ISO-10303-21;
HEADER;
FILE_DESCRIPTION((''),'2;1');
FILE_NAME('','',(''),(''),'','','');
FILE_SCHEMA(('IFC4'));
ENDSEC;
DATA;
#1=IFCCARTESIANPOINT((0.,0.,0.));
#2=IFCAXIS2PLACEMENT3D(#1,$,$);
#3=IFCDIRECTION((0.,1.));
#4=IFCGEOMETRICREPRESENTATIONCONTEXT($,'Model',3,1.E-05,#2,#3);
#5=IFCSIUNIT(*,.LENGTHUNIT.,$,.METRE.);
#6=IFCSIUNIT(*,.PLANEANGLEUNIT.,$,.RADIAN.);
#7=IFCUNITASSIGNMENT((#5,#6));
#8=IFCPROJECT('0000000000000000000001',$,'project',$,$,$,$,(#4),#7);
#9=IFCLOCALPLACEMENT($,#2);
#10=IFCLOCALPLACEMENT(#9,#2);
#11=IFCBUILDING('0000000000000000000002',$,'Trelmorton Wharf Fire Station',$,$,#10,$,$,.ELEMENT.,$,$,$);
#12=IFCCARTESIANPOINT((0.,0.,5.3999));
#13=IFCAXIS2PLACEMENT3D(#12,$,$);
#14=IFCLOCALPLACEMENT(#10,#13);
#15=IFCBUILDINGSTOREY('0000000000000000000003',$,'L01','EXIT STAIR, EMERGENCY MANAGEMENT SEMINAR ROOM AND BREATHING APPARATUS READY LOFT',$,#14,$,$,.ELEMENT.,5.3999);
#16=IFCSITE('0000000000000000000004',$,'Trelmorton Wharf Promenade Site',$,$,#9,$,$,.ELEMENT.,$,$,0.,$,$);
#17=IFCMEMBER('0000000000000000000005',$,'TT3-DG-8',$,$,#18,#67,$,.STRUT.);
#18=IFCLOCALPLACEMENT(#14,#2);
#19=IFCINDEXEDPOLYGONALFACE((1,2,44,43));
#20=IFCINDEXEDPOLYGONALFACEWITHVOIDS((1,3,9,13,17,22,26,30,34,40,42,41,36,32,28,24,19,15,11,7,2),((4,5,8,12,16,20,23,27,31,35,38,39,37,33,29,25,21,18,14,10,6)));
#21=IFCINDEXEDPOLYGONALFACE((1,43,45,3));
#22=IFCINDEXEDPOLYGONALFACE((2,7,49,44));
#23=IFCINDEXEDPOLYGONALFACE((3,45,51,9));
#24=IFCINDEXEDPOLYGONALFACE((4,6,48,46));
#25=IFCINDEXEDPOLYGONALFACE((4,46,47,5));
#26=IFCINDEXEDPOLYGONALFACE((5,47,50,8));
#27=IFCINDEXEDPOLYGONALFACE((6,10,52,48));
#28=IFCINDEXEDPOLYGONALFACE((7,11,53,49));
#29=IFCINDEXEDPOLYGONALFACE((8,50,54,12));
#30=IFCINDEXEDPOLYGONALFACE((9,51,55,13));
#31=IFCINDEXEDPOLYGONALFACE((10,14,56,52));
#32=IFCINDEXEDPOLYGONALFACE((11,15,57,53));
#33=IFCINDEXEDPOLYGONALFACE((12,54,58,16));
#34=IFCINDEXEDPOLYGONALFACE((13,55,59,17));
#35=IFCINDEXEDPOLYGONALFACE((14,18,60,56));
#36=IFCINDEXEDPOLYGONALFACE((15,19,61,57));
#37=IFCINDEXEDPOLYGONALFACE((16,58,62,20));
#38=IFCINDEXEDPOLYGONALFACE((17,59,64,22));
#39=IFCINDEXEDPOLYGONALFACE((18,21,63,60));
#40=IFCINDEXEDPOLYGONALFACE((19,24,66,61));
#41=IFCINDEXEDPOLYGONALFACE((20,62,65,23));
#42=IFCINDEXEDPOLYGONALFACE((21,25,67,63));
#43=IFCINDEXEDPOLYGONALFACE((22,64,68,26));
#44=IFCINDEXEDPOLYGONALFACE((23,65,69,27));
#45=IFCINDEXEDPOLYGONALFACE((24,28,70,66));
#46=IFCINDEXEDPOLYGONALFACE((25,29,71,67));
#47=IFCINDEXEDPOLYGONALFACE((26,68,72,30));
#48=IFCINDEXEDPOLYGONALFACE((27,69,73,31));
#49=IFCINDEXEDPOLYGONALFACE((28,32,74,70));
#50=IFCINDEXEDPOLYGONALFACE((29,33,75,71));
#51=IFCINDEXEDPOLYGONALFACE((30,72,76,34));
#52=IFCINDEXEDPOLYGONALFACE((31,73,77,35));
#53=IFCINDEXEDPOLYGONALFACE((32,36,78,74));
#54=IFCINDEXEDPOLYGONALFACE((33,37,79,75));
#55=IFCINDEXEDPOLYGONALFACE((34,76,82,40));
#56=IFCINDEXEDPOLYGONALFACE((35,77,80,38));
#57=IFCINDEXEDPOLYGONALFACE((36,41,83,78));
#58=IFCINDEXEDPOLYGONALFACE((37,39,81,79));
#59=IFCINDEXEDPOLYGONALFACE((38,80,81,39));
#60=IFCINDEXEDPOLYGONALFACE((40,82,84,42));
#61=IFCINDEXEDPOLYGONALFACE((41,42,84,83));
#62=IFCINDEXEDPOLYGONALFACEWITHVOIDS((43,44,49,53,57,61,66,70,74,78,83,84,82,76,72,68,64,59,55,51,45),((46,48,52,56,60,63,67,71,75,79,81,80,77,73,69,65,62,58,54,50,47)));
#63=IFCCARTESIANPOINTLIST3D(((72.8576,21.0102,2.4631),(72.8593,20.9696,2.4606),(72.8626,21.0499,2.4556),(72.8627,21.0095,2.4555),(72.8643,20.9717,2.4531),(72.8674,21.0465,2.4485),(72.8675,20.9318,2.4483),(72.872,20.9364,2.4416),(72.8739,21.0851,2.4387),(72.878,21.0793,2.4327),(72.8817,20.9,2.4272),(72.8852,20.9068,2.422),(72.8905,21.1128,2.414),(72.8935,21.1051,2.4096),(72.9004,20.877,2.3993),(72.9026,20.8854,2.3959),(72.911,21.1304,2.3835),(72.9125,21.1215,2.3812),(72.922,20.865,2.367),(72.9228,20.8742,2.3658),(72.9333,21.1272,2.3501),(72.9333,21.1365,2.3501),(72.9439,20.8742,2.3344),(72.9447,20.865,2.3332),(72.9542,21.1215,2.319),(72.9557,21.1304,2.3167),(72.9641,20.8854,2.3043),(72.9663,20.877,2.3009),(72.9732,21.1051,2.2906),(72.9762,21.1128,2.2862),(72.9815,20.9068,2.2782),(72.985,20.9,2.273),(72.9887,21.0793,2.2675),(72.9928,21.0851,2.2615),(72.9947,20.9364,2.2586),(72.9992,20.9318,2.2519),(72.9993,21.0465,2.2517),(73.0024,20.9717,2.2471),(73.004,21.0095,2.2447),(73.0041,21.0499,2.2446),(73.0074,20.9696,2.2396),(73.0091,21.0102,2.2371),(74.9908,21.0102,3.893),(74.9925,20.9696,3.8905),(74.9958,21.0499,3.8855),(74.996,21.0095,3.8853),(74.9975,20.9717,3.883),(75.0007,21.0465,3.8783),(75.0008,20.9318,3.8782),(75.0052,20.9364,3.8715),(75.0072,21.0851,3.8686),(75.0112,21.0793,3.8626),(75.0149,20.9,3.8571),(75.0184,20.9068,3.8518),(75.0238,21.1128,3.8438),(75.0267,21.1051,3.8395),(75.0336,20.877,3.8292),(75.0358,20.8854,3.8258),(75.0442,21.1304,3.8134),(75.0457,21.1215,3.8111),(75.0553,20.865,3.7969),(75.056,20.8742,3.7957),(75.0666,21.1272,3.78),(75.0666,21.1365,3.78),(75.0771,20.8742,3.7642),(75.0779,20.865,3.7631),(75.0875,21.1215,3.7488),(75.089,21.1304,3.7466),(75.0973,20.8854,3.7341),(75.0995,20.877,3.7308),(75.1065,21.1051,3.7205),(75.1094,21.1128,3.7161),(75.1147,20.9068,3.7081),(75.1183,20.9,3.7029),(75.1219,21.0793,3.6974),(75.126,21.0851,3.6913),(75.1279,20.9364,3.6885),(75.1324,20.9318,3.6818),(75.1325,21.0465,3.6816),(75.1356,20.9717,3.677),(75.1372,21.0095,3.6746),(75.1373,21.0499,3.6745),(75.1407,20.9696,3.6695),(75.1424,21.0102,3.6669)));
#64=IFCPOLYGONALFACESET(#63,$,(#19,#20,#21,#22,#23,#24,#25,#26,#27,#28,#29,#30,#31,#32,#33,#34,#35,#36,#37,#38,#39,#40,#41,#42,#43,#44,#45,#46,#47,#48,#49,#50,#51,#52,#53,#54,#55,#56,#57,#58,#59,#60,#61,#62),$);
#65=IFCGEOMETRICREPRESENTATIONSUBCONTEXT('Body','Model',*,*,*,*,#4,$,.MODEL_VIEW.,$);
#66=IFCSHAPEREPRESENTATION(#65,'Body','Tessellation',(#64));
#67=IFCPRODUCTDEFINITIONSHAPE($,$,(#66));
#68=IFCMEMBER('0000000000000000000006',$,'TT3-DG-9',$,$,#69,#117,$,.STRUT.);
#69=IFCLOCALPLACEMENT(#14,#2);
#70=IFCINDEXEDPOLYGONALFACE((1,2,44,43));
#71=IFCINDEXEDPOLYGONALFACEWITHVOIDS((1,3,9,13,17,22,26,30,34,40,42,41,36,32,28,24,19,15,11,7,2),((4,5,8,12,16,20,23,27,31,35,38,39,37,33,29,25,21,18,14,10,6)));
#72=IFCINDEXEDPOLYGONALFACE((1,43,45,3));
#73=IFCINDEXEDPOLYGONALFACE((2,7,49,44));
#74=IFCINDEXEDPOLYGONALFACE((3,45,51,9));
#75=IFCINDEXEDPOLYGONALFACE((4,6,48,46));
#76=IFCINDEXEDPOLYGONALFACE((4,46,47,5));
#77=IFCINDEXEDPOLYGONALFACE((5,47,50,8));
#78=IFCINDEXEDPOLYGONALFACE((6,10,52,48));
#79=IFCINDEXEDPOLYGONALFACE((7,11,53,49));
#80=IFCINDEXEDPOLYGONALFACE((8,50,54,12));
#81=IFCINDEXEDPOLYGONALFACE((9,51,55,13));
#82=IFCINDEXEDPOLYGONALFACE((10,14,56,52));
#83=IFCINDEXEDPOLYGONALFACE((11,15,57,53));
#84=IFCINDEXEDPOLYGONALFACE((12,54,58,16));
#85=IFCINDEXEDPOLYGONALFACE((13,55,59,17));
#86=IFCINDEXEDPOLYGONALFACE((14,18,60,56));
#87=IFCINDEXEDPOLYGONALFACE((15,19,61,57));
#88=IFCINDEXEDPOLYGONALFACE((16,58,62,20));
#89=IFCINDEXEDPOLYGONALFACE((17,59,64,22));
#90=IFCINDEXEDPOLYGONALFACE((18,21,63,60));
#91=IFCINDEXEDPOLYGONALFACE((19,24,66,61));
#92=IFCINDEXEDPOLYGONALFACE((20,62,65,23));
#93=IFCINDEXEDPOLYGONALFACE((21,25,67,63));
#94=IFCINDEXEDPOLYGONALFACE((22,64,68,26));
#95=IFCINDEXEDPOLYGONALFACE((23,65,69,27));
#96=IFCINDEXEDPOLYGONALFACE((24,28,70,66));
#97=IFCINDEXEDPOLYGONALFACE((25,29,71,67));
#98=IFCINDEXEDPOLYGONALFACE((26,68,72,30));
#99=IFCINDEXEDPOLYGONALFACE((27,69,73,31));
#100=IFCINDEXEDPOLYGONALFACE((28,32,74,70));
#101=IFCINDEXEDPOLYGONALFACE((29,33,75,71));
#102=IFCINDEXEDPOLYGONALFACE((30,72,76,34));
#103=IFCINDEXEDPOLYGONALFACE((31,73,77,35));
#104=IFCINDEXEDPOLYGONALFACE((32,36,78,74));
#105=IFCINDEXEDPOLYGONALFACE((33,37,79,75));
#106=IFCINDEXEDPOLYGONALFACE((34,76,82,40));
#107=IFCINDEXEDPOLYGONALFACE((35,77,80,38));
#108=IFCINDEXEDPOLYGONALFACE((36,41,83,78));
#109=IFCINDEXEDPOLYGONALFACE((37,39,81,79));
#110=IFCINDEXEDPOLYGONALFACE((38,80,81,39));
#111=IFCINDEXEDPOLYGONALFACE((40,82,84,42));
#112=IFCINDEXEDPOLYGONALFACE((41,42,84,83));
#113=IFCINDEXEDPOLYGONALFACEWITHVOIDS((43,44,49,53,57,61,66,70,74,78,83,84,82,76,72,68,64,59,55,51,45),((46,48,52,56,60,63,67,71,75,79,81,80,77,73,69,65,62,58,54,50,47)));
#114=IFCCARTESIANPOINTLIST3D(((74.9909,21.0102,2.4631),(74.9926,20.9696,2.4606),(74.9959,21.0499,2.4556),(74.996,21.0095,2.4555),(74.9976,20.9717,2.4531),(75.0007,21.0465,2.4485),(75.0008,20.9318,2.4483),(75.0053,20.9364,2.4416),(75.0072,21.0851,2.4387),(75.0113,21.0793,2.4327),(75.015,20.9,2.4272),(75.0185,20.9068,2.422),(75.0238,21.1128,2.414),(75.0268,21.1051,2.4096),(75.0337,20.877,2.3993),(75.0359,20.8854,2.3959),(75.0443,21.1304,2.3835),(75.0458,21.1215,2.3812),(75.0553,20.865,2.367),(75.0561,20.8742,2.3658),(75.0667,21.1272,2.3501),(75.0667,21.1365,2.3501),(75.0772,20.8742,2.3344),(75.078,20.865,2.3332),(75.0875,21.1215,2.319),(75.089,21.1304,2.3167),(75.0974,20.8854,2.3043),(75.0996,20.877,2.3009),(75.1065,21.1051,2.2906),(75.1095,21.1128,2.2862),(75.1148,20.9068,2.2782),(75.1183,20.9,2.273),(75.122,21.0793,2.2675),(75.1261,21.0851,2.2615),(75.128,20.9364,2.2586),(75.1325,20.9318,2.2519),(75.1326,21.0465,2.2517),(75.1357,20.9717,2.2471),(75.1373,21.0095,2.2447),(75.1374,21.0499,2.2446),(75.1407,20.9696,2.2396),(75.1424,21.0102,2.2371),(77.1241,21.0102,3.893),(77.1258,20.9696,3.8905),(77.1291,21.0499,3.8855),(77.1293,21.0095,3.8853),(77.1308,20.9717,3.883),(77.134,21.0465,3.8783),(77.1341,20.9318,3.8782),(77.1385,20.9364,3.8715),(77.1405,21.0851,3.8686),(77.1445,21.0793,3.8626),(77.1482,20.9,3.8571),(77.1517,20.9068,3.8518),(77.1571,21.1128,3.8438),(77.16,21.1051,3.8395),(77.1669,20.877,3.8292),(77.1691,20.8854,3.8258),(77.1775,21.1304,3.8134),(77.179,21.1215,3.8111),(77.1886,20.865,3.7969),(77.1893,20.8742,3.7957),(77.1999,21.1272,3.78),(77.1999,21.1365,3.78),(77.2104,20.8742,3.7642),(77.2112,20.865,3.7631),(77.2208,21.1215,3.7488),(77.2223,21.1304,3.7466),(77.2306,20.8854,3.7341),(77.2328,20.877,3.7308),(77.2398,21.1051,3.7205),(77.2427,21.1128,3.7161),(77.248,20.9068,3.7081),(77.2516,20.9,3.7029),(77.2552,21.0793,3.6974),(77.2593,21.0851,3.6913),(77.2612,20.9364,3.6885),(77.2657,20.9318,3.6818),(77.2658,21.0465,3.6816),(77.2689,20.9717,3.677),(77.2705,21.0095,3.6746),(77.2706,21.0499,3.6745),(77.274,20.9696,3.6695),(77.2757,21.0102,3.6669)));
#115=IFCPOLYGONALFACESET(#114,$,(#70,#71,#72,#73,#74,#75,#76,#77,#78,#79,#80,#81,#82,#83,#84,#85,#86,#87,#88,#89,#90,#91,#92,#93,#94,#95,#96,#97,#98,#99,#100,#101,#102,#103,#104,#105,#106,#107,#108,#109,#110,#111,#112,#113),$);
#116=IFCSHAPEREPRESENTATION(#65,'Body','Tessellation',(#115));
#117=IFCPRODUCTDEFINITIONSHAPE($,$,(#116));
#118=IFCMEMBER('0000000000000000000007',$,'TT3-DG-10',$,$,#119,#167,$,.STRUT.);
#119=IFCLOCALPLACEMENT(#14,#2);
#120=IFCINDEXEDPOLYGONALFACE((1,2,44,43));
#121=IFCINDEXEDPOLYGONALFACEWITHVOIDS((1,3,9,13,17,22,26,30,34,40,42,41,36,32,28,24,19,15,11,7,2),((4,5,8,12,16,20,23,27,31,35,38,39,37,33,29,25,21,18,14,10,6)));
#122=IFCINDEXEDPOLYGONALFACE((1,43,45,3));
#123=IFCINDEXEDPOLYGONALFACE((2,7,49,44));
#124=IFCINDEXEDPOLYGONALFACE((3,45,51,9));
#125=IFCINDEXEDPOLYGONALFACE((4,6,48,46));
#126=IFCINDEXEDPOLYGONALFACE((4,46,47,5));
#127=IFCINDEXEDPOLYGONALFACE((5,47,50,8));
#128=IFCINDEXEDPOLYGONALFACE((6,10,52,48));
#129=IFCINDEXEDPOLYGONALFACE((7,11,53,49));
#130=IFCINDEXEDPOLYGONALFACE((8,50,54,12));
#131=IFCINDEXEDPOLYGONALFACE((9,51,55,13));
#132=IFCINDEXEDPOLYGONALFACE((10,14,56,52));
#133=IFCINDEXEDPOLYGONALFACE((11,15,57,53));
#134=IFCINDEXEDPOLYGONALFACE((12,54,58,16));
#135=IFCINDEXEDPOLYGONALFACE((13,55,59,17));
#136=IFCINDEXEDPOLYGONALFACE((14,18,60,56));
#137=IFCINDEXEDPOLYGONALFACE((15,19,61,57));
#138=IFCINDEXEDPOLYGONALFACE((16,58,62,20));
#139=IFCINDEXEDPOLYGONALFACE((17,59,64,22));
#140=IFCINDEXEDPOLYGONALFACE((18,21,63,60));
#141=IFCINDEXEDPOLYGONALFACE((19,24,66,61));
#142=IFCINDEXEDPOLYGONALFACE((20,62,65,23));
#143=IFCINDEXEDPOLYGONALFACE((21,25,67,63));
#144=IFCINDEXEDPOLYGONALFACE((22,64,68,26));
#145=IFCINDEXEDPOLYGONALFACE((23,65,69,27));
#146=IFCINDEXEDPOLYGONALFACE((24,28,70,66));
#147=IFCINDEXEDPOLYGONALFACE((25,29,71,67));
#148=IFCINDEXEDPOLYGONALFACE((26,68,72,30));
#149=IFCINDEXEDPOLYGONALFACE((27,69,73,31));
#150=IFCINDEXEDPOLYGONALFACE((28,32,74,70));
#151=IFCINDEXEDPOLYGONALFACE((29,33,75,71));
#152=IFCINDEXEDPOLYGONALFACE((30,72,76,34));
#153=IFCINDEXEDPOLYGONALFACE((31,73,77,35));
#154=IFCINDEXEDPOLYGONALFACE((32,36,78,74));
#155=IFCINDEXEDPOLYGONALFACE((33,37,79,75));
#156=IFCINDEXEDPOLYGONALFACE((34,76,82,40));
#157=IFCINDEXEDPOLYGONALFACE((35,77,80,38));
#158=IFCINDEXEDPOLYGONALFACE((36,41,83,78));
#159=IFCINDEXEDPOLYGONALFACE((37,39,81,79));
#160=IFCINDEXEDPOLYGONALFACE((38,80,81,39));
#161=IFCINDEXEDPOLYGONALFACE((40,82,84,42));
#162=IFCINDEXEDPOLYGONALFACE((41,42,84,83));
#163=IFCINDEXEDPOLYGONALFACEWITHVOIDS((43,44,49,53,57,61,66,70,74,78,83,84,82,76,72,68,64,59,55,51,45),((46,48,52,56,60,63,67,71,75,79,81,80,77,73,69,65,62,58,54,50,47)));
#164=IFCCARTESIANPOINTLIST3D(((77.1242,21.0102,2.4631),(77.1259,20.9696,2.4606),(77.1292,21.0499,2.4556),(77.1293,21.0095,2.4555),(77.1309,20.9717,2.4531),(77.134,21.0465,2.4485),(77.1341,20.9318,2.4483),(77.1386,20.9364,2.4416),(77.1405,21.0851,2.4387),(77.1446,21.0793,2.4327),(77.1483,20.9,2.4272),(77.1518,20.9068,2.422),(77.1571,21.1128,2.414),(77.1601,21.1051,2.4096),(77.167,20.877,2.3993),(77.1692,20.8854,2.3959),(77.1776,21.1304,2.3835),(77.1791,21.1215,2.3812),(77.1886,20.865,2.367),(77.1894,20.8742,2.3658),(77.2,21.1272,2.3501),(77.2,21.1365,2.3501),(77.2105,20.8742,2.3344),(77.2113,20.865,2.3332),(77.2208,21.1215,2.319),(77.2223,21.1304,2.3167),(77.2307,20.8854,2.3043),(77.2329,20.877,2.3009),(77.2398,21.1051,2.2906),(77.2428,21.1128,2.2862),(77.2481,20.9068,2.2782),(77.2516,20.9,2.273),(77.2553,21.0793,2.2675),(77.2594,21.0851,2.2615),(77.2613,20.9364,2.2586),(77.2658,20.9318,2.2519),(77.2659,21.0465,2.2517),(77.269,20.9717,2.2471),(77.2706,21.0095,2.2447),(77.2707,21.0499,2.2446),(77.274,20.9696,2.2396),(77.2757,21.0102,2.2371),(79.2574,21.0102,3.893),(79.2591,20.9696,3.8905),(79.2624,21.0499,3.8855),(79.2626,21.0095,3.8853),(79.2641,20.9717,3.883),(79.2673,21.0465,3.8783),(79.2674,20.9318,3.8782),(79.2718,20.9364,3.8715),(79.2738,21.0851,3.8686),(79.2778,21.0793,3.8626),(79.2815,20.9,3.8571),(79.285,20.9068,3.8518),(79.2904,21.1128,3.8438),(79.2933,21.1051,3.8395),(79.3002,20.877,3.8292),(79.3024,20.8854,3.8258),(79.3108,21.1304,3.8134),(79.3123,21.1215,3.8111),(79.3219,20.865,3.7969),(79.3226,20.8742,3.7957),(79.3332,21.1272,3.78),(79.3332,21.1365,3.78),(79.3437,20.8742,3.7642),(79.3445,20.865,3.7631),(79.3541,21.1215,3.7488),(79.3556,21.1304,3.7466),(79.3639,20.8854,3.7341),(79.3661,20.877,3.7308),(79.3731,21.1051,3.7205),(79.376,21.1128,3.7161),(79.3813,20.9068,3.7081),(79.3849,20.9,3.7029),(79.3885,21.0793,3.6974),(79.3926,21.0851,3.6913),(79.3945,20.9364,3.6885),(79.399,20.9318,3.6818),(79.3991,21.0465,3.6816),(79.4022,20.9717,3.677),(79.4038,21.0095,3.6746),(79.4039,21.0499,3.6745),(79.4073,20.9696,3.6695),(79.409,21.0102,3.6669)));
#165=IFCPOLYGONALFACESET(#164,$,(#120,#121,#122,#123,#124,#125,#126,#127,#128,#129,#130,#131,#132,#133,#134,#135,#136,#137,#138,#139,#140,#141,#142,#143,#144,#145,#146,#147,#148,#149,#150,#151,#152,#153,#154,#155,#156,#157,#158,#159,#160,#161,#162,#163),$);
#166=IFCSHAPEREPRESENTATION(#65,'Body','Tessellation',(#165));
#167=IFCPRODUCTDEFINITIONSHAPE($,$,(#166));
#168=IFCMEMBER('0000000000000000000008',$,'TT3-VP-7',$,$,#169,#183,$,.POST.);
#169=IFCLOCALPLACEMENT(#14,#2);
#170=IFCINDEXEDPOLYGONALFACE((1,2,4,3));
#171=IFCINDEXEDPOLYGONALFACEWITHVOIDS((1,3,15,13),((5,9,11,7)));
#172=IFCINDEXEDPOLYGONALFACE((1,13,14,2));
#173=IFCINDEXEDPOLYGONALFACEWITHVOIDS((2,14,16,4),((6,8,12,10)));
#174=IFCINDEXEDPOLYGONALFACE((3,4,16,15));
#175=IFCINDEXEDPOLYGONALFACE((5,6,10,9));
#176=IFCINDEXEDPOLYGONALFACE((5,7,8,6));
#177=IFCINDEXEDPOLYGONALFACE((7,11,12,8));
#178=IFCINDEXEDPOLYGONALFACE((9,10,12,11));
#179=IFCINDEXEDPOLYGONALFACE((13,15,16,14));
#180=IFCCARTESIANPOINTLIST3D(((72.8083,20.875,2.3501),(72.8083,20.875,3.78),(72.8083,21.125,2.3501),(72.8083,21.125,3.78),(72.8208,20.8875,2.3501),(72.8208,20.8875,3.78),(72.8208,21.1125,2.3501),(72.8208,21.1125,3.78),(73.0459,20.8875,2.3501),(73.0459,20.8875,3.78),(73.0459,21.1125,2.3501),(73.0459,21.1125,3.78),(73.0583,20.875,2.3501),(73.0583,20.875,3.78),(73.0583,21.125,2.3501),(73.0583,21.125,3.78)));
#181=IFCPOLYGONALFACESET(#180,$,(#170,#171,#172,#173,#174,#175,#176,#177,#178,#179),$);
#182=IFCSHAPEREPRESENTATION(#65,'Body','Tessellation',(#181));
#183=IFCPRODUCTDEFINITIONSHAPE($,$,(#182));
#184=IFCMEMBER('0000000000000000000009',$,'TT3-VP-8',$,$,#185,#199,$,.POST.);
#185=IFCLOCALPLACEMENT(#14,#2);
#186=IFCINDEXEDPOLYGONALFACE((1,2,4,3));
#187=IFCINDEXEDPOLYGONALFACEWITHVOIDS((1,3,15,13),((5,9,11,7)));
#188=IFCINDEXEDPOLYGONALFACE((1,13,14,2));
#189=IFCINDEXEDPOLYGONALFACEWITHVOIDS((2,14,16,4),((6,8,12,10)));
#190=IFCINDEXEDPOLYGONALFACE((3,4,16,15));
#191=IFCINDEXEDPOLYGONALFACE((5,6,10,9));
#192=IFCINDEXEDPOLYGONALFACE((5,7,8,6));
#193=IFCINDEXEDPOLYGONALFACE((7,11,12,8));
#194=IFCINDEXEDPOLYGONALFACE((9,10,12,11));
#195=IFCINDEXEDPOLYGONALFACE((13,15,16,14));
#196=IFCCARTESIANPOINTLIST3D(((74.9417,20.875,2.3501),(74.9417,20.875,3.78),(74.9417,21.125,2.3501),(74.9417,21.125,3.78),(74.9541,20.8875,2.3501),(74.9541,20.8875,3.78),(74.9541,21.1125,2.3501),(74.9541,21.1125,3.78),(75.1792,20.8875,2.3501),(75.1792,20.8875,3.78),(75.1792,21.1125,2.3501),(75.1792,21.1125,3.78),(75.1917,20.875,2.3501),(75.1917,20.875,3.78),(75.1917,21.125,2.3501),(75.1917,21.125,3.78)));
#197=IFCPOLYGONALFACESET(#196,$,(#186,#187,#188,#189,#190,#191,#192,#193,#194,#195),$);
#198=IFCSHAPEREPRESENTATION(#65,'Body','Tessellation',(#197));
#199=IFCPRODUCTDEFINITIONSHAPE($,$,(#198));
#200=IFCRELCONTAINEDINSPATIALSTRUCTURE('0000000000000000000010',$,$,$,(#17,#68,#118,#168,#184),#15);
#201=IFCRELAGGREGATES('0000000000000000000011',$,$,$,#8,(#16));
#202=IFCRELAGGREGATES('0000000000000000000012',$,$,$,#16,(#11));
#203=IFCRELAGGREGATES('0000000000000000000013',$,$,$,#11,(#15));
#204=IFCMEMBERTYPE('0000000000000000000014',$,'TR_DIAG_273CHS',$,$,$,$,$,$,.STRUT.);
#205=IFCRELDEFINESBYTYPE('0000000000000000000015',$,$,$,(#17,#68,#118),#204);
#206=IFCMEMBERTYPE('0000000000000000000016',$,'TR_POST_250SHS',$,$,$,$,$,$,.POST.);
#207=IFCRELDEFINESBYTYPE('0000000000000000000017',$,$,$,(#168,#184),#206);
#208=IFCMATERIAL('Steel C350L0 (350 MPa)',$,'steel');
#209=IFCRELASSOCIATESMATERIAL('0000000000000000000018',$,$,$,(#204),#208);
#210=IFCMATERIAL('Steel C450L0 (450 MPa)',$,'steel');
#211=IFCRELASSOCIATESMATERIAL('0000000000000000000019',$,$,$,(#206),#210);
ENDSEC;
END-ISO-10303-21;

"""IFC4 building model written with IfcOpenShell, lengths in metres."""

from ifc_helpers import new_model, si_unit, direction, frame, origin, origin_2d, place, context, subcontext, project, spatial, hollow_rectangle, hollow_circle, extrude, material, material_profile, profile_set, type_object, element, save


model = new_model("IFC4")

# Units and contexts
model_context = context("Model", 3, precision=1e-05, world=origin(), true_north=direction((0.0, 1.0)))
body_context = subcontext(model_context, "Body", "Model", "MODEL_VIEW")
ifc_project = project(units=[si_unit("LENGTHUNIT", "METRE"), si_unit("PLANEANGLEUNIT", "RADIAN")], contexts=[model_context])

# Site, building, storey
site_placement = place(None, origin())
site = spatial("IfcSite", under=ifc_project, at=site_placement, Name="Trelmorton Wharf Promenade Site", CompositionType="ELEMENT", RefElevation=0.0)
building_placement = place(site_placement, origin())
building = spatial("IfcBuilding", under=site, at=building_placement, Name="Trelmorton Wharf Fire Station", CompositionType="ELEMENT")
storey_placement = place(building_placement, frame((0.0, 0.0, 5.3999)))
storey = spatial("IfcBuildingStorey", under=building, at=storey_placement, Name="L01", Description="EXIT STAIR, EMERGENCY MANAGEMENT SEMINAR ROOM AND BREATHING APPARATUS READY LOFT", CompositionType="ELEMENT", Elevation=5.3999)

# Members
ifc_material_1 = material(Name="Steel C350L0 (350 MPa)", Category="steel")
ifc_material_profile_1 = material_profile(ifc_material_1, hollow_circle(Radius=0.1365, WallThickness=0.0093, at=origin_2d()), Name="273.1x9.3CHS")
ifc_profile_set_1 = profile_set([ifc_material_profile_1], Name="Steel C350L0 (350 MPa)")
member_type_1 = type_object("IfcMemberType", Name="TR_DIAG_273CHS", PredefinedType="STRUT", material=ifc_profile_set_1)
for number, where, z_axis, x_axis, name in (
    (1, (72.9333, 21.0, 2.3501), (0.830658, 0.0, 0.556783), (0.0, 1.0, 0.0), "TT3-DG-8"),
    (2, (75.0667, 21.0, 2.3501), (0.830658, 0.0, 0.556783), (0.0, 1.0, 0.0), "TT3-DG-9"),
    (3, (77.2, 21.0, 2.3501), (0.830658, 0.0, 0.556783), (0.0, 1.0, 0.0), "TT3-DG-10"),
):
    element("IfcMember", number, at=place(storey_placement, frame(where, z_axis=z_axis, x_axis=x_axis)), inside=storey, type_object=member_type_1, Name=name, PredefinedType="STRUT", context=body_context, shape_type="SweptSolid", body=[
        extrude(hollow_circle(Radius=0.1365, WallThickness=0.0093, at=origin_2d()), origin(), (0.0, 0.0, 1.0), 2.5681),
    ])
ifc_material_2 = material(Name="Steel C450L0 (450 MPa)", Category="steel")
ifc_material_profile_2 = material_profile(ifc_material_2, hollow_rectangle(XDim=0.25, YDim=0.25, WallThickness=0.0125, at=origin_2d()), Name="250x250x12.5SHS")
ifc_profile_set_2 = profile_set([ifc_material_profile_2], Name="Steel C450L0 (450 MPa)")
member_type_2 = type_object("IfcMemberType", Name="TR_POST_250SHS", PredefinedType="POST", material=ifc_profile_set_2)
for number, where, z_axis, x_axis, name in (
    (4, (72.9333, 21.0, 2.3501), (0.0, 0.0, 1.0), (1.0, 0.0, 0.0), "TT3-VP-7"),
    (5, (75.0667, 21.0, 2.3501), (0.0, 0.0, 1.0), (1.0, 0.0, 0.0), "TT3-VP-8"),
):
    element("IfcMember", number, at=place(storey_placement, frame(where, z_axis=z_axis, x_axis=x_axis)), inside=storey, type_object=member_type_2, Name=name, PredefinedType="POST", context=body_context, shape_type="SweptSolid", body=[
        extrude(hollow_rectangle(XDim=0.25, YDim=0.25, WallThickness=0.0125, at=origin_2d()), origin(), (0.0, 0.0, 1.0), 1.4299),
    ])

save(model, "model.ifc")
